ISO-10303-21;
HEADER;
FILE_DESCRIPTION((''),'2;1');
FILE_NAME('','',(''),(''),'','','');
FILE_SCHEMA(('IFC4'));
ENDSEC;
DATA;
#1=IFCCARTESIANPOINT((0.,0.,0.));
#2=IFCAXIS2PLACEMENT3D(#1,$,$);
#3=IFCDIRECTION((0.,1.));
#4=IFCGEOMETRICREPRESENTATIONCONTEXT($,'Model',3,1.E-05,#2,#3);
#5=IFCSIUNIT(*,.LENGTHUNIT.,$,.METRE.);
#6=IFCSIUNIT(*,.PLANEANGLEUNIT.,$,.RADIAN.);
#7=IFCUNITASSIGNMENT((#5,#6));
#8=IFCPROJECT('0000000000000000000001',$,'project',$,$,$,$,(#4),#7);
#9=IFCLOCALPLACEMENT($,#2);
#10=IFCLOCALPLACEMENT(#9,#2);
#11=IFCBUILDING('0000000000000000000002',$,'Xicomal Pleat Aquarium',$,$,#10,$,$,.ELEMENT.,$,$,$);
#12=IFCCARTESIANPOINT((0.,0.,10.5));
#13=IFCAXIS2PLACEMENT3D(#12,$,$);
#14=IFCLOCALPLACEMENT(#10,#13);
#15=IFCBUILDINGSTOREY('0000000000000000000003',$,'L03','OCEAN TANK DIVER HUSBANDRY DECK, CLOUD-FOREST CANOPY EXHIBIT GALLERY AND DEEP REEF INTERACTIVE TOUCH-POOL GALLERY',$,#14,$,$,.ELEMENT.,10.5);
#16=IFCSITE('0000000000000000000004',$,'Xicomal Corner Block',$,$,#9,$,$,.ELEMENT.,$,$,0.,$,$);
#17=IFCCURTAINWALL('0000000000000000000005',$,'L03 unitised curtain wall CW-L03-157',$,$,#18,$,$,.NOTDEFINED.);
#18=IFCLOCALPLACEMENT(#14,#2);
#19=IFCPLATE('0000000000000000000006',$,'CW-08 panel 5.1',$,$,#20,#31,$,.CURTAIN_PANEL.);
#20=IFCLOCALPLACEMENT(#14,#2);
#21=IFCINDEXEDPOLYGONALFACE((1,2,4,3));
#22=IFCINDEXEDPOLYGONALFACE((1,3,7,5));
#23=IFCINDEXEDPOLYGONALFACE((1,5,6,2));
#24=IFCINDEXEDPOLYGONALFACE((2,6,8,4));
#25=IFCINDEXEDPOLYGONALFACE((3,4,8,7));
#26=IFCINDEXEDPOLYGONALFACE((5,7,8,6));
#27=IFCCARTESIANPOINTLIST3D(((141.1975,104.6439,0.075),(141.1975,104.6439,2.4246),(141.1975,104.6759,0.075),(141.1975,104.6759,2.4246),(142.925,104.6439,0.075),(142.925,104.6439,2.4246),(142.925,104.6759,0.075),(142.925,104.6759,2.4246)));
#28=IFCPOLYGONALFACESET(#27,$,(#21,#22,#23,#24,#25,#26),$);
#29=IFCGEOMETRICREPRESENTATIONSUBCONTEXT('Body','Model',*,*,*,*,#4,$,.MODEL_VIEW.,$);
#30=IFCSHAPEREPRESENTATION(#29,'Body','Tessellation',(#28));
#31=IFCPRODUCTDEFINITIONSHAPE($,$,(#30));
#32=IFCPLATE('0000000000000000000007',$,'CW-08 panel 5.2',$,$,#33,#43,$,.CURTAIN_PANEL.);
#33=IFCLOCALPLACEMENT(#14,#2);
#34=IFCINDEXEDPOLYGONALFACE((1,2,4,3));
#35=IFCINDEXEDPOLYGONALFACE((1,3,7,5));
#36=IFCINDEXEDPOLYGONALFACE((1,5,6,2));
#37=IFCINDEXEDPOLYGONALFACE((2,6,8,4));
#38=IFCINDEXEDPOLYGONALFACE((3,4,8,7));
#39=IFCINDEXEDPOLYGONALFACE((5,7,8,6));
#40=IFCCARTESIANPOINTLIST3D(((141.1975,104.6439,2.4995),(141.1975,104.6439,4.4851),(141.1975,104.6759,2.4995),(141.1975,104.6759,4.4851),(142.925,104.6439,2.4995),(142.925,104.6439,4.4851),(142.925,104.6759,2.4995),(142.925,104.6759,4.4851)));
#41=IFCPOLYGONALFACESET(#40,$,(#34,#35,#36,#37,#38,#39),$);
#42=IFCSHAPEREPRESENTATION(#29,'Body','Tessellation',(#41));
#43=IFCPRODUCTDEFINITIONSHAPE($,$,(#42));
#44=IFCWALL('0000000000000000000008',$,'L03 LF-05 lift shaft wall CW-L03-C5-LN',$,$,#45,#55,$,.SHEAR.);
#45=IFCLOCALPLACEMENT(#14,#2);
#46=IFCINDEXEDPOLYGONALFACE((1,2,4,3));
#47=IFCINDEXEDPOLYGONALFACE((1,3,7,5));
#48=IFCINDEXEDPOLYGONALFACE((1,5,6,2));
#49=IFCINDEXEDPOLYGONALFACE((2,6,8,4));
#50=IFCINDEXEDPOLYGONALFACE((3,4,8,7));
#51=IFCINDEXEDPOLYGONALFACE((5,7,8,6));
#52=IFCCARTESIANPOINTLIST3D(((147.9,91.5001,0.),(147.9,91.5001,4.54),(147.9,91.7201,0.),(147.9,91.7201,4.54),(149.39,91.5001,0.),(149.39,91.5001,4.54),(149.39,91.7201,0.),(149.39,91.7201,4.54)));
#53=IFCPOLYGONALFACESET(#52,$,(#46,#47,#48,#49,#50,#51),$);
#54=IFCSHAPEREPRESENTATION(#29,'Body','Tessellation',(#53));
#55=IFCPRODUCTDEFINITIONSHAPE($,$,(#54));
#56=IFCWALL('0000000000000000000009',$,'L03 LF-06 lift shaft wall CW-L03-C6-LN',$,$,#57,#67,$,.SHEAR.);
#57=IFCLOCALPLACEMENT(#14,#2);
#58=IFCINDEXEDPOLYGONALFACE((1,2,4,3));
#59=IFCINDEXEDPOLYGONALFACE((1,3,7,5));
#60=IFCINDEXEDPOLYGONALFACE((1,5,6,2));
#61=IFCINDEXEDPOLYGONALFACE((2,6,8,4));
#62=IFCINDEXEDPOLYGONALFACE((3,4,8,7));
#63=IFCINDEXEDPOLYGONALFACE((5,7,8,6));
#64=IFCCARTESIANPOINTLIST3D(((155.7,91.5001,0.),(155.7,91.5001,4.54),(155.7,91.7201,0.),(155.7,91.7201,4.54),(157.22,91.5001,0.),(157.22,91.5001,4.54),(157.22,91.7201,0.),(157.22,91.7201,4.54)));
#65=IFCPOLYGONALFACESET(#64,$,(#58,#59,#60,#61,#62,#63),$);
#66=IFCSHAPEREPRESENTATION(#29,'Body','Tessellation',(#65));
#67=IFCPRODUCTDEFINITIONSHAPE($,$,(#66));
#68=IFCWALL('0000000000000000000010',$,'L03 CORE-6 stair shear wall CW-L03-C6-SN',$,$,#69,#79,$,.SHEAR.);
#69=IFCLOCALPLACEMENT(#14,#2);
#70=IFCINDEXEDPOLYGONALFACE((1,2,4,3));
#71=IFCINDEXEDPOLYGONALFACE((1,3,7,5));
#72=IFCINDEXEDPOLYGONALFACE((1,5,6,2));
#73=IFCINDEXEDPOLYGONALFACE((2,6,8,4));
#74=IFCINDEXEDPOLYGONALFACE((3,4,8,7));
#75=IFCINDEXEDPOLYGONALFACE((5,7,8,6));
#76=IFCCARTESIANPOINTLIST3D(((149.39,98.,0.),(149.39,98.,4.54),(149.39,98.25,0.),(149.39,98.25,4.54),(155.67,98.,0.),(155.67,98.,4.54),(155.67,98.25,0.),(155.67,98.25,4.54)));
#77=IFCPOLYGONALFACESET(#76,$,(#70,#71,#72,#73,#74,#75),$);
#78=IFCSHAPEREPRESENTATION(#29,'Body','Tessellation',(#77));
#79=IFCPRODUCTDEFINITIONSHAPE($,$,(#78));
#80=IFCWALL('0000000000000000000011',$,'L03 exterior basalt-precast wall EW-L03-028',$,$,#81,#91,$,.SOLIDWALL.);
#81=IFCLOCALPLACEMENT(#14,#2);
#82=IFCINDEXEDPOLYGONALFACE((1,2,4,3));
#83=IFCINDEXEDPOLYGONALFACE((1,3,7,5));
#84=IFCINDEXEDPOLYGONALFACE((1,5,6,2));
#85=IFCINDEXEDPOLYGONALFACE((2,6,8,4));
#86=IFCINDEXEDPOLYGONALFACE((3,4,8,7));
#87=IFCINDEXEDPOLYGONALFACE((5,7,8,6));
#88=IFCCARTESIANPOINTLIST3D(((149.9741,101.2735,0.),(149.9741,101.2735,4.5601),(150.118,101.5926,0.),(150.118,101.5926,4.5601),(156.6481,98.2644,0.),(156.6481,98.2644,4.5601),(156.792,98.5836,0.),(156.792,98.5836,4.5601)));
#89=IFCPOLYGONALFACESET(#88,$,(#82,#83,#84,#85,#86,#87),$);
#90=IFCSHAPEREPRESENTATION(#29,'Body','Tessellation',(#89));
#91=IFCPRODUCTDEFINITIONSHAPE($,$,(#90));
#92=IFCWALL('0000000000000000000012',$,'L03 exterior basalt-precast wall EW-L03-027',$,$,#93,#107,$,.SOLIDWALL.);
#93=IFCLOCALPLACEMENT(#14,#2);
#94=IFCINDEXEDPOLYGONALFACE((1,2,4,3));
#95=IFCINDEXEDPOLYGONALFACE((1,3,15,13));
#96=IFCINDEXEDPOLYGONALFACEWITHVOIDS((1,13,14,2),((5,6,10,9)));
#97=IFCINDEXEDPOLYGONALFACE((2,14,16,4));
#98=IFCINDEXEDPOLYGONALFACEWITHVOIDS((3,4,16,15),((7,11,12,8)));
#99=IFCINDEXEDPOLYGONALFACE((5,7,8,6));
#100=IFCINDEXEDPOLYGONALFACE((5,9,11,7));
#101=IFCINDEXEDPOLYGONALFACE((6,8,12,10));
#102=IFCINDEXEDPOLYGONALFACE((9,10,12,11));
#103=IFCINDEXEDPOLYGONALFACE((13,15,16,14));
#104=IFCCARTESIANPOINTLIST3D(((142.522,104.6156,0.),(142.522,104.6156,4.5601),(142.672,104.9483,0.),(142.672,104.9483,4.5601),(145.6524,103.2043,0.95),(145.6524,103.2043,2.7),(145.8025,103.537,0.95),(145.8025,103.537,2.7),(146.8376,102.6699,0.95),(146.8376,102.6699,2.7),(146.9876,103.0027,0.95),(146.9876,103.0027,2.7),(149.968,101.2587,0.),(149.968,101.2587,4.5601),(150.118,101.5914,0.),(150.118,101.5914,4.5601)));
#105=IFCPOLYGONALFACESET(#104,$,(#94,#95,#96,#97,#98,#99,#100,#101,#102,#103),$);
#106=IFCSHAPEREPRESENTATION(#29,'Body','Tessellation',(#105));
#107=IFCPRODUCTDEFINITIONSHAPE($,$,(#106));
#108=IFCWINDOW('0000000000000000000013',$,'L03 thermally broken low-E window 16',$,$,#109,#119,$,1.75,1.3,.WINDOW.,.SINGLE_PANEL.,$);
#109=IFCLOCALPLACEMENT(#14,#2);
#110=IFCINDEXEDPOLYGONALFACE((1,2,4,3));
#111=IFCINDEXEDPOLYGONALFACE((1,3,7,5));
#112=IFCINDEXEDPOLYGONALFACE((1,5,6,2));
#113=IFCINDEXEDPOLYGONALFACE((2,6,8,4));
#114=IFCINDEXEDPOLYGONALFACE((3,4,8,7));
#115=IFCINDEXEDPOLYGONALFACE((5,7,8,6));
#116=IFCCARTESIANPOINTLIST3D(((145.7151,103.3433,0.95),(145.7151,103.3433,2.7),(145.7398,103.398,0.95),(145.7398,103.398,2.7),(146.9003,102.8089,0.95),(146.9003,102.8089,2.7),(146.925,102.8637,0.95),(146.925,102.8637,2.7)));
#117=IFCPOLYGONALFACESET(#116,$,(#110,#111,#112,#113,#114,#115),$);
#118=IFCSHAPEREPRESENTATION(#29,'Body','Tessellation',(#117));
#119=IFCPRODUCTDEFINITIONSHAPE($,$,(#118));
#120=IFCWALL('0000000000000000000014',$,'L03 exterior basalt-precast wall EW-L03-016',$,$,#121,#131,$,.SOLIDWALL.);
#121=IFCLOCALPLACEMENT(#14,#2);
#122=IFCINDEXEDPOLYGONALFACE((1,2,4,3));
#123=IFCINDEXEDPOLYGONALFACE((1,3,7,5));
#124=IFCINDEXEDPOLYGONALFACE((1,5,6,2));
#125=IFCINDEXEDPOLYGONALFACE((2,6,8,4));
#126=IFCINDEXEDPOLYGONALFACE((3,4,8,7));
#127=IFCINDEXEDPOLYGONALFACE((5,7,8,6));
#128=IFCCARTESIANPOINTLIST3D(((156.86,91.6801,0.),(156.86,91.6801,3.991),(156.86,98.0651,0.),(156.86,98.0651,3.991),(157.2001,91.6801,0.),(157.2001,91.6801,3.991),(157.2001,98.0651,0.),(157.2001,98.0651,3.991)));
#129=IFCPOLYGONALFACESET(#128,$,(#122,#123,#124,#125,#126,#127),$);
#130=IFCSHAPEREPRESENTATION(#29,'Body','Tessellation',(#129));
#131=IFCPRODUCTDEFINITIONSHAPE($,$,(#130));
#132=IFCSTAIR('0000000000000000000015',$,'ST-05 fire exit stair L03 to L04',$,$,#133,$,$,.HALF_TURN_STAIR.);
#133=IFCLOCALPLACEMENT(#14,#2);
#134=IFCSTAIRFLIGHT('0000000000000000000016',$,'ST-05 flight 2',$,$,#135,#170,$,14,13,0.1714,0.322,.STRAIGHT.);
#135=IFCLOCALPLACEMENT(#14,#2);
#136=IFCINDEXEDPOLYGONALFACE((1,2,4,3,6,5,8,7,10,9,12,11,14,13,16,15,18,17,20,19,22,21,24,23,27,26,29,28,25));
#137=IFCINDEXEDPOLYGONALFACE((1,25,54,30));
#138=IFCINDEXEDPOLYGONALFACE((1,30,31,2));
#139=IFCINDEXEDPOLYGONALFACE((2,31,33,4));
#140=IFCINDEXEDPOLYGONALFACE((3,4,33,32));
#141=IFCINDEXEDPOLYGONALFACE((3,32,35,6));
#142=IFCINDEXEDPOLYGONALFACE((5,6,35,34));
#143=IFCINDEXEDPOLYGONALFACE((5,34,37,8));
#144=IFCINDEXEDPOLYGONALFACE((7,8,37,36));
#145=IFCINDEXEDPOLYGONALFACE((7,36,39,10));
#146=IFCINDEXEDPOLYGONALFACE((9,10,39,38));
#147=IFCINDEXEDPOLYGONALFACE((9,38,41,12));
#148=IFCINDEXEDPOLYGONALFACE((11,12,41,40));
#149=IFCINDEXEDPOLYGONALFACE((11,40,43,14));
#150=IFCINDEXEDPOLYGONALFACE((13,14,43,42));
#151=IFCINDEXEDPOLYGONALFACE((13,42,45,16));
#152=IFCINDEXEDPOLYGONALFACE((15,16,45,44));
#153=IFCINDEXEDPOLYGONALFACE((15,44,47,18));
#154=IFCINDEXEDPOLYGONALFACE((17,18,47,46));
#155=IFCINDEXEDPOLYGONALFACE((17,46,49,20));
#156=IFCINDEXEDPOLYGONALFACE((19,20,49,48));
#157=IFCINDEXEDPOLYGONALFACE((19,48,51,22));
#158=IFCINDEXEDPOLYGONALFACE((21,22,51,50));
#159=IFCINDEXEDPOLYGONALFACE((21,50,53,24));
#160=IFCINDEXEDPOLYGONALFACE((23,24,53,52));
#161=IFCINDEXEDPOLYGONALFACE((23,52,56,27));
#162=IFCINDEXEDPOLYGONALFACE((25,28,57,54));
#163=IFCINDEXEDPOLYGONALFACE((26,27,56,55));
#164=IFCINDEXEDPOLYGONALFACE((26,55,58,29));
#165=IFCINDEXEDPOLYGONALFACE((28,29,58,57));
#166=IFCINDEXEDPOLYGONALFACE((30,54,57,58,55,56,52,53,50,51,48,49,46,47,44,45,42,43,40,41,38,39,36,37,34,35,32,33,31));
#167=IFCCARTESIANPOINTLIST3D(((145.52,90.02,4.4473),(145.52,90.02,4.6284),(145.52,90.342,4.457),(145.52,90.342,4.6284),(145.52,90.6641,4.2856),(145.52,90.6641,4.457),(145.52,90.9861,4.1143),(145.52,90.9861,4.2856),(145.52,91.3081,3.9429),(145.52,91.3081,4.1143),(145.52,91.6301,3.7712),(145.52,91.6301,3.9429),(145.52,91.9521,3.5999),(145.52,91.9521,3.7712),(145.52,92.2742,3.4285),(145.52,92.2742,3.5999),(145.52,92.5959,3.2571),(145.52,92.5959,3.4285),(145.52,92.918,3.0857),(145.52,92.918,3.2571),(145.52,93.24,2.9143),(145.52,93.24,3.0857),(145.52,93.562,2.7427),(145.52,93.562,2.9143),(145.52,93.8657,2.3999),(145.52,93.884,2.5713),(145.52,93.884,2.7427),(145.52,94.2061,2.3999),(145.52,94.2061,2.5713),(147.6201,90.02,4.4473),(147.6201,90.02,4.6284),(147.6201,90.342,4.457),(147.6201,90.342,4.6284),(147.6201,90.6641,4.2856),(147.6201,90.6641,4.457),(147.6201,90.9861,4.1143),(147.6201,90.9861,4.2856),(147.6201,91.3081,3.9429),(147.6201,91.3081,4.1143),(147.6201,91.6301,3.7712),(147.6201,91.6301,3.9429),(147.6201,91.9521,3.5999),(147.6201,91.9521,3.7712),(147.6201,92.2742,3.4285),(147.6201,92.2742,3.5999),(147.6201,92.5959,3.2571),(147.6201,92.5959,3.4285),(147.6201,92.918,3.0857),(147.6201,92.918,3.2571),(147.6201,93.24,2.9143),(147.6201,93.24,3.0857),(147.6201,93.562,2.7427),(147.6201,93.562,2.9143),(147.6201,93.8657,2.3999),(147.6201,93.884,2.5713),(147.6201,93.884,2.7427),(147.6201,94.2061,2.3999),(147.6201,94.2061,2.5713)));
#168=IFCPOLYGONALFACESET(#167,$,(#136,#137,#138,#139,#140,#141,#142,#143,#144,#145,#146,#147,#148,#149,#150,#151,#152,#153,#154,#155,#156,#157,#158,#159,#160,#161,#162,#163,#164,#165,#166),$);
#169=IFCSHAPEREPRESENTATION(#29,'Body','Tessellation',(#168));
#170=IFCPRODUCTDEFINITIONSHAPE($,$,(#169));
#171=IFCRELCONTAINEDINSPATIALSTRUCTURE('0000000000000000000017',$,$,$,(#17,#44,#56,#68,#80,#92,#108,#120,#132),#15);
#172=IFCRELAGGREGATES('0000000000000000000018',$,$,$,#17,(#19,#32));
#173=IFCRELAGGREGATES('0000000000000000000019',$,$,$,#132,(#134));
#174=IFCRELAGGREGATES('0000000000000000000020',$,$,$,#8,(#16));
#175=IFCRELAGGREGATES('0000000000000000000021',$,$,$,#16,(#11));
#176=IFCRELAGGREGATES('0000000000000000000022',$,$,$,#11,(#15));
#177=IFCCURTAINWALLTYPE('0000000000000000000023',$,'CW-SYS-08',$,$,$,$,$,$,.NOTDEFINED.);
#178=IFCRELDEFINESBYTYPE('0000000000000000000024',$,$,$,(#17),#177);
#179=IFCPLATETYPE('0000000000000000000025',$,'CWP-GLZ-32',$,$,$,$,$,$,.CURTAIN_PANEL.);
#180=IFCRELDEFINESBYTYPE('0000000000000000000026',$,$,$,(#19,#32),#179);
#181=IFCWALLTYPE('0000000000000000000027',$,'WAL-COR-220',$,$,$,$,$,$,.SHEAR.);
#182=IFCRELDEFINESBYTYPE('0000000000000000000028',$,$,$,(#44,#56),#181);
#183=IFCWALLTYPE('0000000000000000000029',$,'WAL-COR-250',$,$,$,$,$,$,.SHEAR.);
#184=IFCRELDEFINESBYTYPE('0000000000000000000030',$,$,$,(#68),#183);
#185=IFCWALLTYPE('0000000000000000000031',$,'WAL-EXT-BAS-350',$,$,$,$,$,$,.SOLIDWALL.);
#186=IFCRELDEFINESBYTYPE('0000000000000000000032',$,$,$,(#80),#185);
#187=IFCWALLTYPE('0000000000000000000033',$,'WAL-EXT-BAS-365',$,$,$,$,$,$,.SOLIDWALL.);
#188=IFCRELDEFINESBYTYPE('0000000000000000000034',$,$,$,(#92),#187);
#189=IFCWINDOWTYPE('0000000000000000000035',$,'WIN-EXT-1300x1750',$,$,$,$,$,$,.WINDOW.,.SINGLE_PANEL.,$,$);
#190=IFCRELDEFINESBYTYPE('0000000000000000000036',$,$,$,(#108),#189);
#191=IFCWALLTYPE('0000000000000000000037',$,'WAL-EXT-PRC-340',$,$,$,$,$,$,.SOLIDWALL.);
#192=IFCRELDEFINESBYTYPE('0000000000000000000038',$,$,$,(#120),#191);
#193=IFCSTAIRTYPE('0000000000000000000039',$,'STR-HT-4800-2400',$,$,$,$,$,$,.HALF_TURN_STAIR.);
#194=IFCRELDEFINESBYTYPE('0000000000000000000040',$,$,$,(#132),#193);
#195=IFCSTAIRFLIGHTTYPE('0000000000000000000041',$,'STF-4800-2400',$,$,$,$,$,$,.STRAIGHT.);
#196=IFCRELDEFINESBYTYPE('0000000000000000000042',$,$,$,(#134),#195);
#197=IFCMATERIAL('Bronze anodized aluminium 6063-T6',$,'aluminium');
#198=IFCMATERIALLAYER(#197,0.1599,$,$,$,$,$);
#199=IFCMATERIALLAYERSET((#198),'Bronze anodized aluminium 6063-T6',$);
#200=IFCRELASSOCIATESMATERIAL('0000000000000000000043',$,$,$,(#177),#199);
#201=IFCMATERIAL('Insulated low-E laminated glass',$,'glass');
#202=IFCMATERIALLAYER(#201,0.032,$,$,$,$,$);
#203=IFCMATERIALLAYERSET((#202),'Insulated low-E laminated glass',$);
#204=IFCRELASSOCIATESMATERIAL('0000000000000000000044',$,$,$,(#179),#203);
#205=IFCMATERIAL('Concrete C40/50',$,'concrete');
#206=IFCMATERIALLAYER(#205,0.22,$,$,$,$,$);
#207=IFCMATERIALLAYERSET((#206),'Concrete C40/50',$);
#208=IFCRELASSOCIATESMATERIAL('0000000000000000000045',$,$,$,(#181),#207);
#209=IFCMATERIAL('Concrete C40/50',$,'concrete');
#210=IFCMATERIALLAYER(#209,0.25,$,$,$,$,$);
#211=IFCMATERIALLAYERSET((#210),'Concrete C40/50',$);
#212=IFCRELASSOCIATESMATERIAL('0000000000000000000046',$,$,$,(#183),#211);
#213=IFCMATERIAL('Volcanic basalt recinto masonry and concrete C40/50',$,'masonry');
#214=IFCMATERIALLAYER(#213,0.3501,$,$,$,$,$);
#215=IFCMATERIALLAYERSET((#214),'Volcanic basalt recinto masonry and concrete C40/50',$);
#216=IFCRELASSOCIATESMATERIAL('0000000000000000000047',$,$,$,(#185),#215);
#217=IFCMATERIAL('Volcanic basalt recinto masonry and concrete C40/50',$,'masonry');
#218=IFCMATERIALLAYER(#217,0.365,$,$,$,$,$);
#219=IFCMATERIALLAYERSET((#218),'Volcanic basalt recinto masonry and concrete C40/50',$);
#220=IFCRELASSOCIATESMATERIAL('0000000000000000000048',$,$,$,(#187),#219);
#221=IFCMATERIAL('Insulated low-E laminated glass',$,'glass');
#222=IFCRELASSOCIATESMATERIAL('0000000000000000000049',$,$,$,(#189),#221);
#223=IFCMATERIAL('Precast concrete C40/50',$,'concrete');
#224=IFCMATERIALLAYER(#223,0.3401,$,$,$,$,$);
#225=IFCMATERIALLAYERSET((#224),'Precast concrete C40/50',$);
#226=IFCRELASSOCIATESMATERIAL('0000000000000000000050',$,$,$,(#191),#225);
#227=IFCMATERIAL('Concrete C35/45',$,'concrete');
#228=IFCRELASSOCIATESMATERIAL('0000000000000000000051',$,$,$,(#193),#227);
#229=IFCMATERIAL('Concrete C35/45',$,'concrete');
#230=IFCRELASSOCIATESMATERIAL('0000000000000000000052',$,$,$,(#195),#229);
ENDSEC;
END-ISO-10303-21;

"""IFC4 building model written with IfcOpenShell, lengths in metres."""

from ifc_helpers import new_model, si_unit, direction, frame, frame_2d, origin, origin_2d, place, context, subcontext, project, spatial, polyline, rectangle, outline, extrude, material, layer, layer_set, type_object, element, fill, aggregate, save


model = new_model("IFC4")

# Units and contexts
model_context = context("Model", 3, precision=1e-05, world=origin(), true_north=direction((0.0, 1.0)))
body_context = subcontext(model_context, "Body", "Model", "MODEL_VIEW")
ifc_project = project(units=[si_unit("LENGTHUNIT", "METRE"), si_unit("PLANEANGLEUNIT", "RADIAN")], contexts=[model_context])

# Site, building, storey
site_placement = place(None, origin())
site = spatial("IfcSite", under=ifc_project, at=site_placement, Name="Xicomal Corner Block", CompositionType="ELEMENT", RefElevation=0.0)
building_placement = place(site_placement, origin())
building = spatial("IfcBuilding", under=site, at=building_placement, Name="Xicomal Pleat Aquarium", CompositionType="ELEMENT")
storey_placement = place(building_placement, frame((0.0, 0.0, 10.5)))
storey = spatial("IfcBuildingStorey", under=building, at=storey_placement, Name="L03", Description="OCEAN TANK DIVER HUSBANDRY DECK, CLOUD-FOREST CANOPY EXHIBIT GALLERY AND DEEP REEF INTERACTIVE TOUCH-POOL GALLERY", CompositionType="ELEMENT", Elevation=10.5)

# Curtain wall, plates
ifc_material_1 = material(Name="Bronze anodized aluminium 6063-T6", Category="aluminium")
ifc_layer_1 = layer(ifc_material_1, 0.1599)
ifc_layer_set_1 = layer_set([ifc_layer_1], Name="Bronze anodized aluminium 6063-T6")
curtain_wall_type = type_object("IfcCurtainWallType", Name="CW-SYS-08", PredefinedType="NOTDEFINED", material=ifc_layer_set_1)
curtain_wall_placement = place(storey_placement, origin())
curtain_wall = element("IfcCurtainWall", 1, at=curtain_wall_placement, inside=storey, type_object=curtain_wall_type, Name="L03 unitised curtain wall CW-L03-157", PredefinedType="NOTDEFINED")
ifc_material_2 = material(Name="Insulated low-E laminated glass", Category="glass")
ifc_layer_2 = layer(ifc_material_2, 0.032)
ifc_layer_set_2 = layer_set([ifc_layer_2], Name="Insulated low-E laminated glass")
plate_type = type_object("IfcPlateType", Name="CWP-GLZ-32", PredefinedType="CURTAIN_PANEL", material=ifc_layer_set_2)
plate_1_placement = place(storey_placement, frame((142.0613, 104.6599, 0.075), z_axis=(0.0, 0.0, 1.0), x_axis=(1.0, 0.0, 0.0)))
plate_1 = element("IfcPlate", 2, at=plate_1_placement, type_object=plate_type, Name="CW-08 panel 5.1", PredefinedType="CURTAIN_PANEL", context=body_context, shape_type="SweptSolid", body=[
    extrude(rectangle(XDim=1.7275, YDim=0.032, at=origin_2d()), origin(), (0.0, 0.0, 1.0), 2.3496),
])
plate_2_placement = place(storey_placement, frame((142.0613, 104.6599, 2.4995), z_axis=(0.0, 0.0, 1.0), x_axis=(1.0, 0.0, 0.0)))
plate_2 = element("IfcPlate", 3, at=plate_2_placement, type_object=plate_type, Name="CW-08 panel 5.2", PredefinedType="CURTAIN_PANEL", context=body_context, shape_type="SweptSolid", body=[
    extrude(rectangle(XDim=1.7275, YDim=0.032, at=origin_2d()), origin(), (0.0, 0.0, 1.0), 1.9856),
])
aggregate(curtain_wall, [plate_1, plate_2])

# Walls
ifc_material_3 = material(Name="Concrete C40/50", Category="concrete")
ifc_layer_3 = layer(ifc_material_3, 0.22)
ifc_layer_set_3 = layer_set([ifc_layer_3], Name="Concrete C40/50")
wall_type_1 = type_object("IfcWallType", Name="WAL-COR-220", PredefinedType="SHEAR", material=ifc_layer_set_3)
wall_1_placement = place(storey_placement, frame((147.8999, 91.6101, 0.0), z_axis=(0.0, 0.0, 1.0), x_axis=(1.0, 0.0, 0.0)))
element("IfcWall", 4, at=wall_1_placement, inside=storey, type_object=wall_type_1, Name="L03 LF-05 lift shaft wall CW-L03-C5-LN", PredefinedType="SHEAR", context=body_context, shape_type="SweptSolid", body=[
    extrude(rectangle(XDim=1.49, YDim=0.22, at=frame_2d((0.7451, 0.0))), origin(), (0.0, 0.0, 1.0), 4.54),
])
wall_2_placement = place(storey_placement, frame((155.7, 91.6101, 0.0), z_axis=(0.0, 0.0, 1.0), x_axis=(1.0, 0.0, 0.0)))
element("IfcWall", 5, at=wall_2_placement, inside=storey, type_object=wall_type_1, Name="L03 LF-06 lift shaft wall CW-L03-C6-LN", PredefinedType="SHEAR", context=body_context, shape_type="SweptSolid", body=[
    extrude(rectangle(XDim=1.52, YDim=0.22, at=frame_2d((0.76, 0.0))), origin(), (0.0, 0.0, 1.0), 4.54),
])
ifc_material_4 = material(Name="Concrete C40/50", Category="concrete")
ifc_layer_4 = layer(ifc_material_4, 0.25)
ifc_layer_set_4 = layer_set([ifc_layer_4], Name="Concrete C40/50")
wall_type_2 = type_object("IfcWallType", Name="WAL-COR-250", PredefinedType="SHEAR", material=ifc_layer_set_4)
wall_3_placement = place(storey_placement, frame((149.3899, 98.125, 0.0), z_axis=(0.0, 0.0, 1.0), x_axis=(1.0, 0.0, 0.0)))
element("IfcWall", 6, at=wall_3_placement, inside=storey, type_object=wall_type_2, Name="L03 CORE-6 stair shear wall CW-L03-C6-SN", PredefinedType="SHEAR", context=body_context, shape_type="SweptSolid", body=[
    extrude(rectangle(XDim=6.28, YDim=0.25, at=frame_2d((3.1401, 0.0))), origin(), (0.0, 0.0, 1.0), 4.54),
])
ifc_material_5 = material(Name="Volcanic basalt recinto masonry and concrete C40/50", Category="masonry")
ifc_layer_5 = layer(ifc_material_5, 0.3501)
ifc_layer_set_5 = layer_set([ifc_layer_5], Name="Volcanic basalt recinto masonry and concrete C40/50")
wall_type_3 = type_object("IfcWallType", Name="WAL-EXT-BAS-350", PredefinedType="SOLIDWALL", material=ifc_layer_set_5)
wall_4_placement = place(storey_placement, frame((150.0459, 101.4331, 0.0), z_axis=(0.0, 0.0, 1.0), x_axis=(0.91163, -0.411012, 0.0)))
element("IfcWall", 7, at=wall_4_placement, inside=storey, type_object=wall_type_3, Name="L03 exterior basalt-precast wall EW-L03-028", PredefinedType="SOLIDWALL", context=body_context, shape_type="SweptSolid", body=[
    extrude(rectangle(XDim=7.321, YDim=0.3501, at=frame_2d((3.6606, 0.0))), origin(), (0.0, 0.0, 1.0), 4.5601),
])

# Wall, opening, window
ifc_material_6 = material(Name="Volcanic basalt recinto masonry and concrete C40/50", Category="masonry")
ifc_layer_6 = layer(ifc_material_6, 0.365)
ifc_layer_set_6 = layer_set([ifc_layer_6], Name="Volcanic basalt recinto masonry and concrete C40/50")
wall_type_4 = type_object("IfcWallType", Name="WAL-EXT-BAS-365", PredefinedType="SOLIDWALL", material=ifc_layer_set_6)
wall_5_placement = place(storey_placement, frame((142.5969, 104.782, 0.0), z_axis=(0.0, 0.0, 1.0), x_axis=(0.911637, -0.410997, 0.0)))
wall_5 = element("IfcWall", 8, at=wall_5_placement, inside=storey, type_object=wall_type_4, Name="L03 exterior basalt-precast wall EW-L03-027", PredefinedType="SOLIDWALL", context=body_context, shape_type="SweptSolid", body=[
    extrude(rectangle(XDim=8.1677, YDim=0.365, at=frame_2d((4.084, 0.0))), origin(), (0.0, 0.0, 1.0), 4.5601),
])
opening_placement = place(wall_5_placement, frame((3.4341, 0.0, 0.95)))
opening = element("IfcOpeningElement", 9, at=opening_placement, cuts=wall_5, PredefinedType="OPENING", context=body_context, shape_type="SweptSolid", body=[
    extrude(rectangle(XDim=1.3, YDim=1.75, at=frame_2d((0.6499, 0.875))), frame((0.0, 0.1924, 0.0), z_axis=(0.0, -1.0, 0.0), x_axis=(1.0, 0.0, 0.0)), (0.0, 0.0, 1.0), 0.385),
])
ifc_material_7 = material(Name="Insulated low-E laminated glass", Category="glass")
window_type = type_object("IfcWindowType", Name="WIN-EXT-1300x1750", PartitioningType="SINGLE_PANEL", PredefinedType="WINDOW", material=ifc_material_7)
window_placement = place(opening_placement, origin())
window = element("IfcWindow", 10, at=window_placement, inside=storey, type_object=window_type, Name="L03 thermally broken low-E window 16", OverallHeight=1.75, OverallWidth=1.3, PartitioningType="SINGLE_PANEL", PredefinedType="WINDOW", context=body_context, shape_type="SweptSolid", body=[
    extrude(rectangle(XDim=1.3, YDim=1.75, at=frame_2d((0.6499, 0.875))), frame((0.0, 0.03, 0.0), z_axis=(0.0, -1.0, 0.0), x_axis=(1.0, 0.0, 0.0)), (0.0, 0.0, 1.0), 0.0601),
])
fill(opening, window)

# Wall
ifc_material_8 = material(Name="Precast concrete C40/50", Category="concrete")
ifc_layer_7 = layer(ifc_material_8, 0.3401)
ifc_layer_set_7 = layer_set([ifc_layer_7], Name="Precast concrete C40/50")
wall_type_5 = type_object("IfcWallType", Name="WAL-EXT-PRC-340", PredefinedType="SOLIDWALL", material=ifc_layer_set_7)
wall_6_placement = place(storey_placement, frame((157.03, 98.0649, 0.0), z_axis=(0.0, 0.0, 1.0), x_axis=(0.0, -1.0, 0.0)))
element("IfcWall", 11, at=wall_6_placement, inside=storey, type_object=wall_type_5, Name="L03 exterior basalt-precast wall EW-L03-016", PredefinedType="SOLIDWALL", context=body_context, shape_type="SweptSolid", body=[
    extrude(rectangle(XDim=6.385, YDim=0.3401, at=frame_2d((3.1924, 0.0))), origin(), (0.0, 0.0, 1.0), 3.991),
])

# Stair, stair flight
ifc_material_9 = material(Name="Concrete C35/45", Category="concrete")
stair_type = type_object("IfcStairType", Name="STR-HT-4800-2400", PredefinedType="HALF_TURN_STAIR", material=ifc_material_9)
stair_1_placement = place(storey_placement, origin())
stair_1 = element("IfcStair", 12, at=stair_1_placement, inside=storey, type_object=stair_type, Name="ST-05 fire exit stair L03 to L04", PredefinedType="HALF_TURN_STAIR")
ifc_material_10 = material(Name="Concrete C35/45", Category="concrete")
stair_flight_type = type_object("IfcStairFlightType", Name="STF-4800-2400", PredefinedType="STRAIGHT", material=ifc_material_10)
stair_flight_1_placement = place(storey_placement, frame((146.5701, 94.2061, 2.3999), z_axis=(0.0, 0.0, 1.0), x_axis=(0.0, -1.0, 0.0)))
stair_flight_1 = element("IfcStairFlight", 13, at=stair_flight_1_placement, type_object=stair_flight_type, Name="ST-05 flight 2", NumberOfRisers=14, NumberOfTreads=13, PredefinedType="STRAIGHT", RiserHeight=0.1714, TreadLength=0.322, context=body_context, shape_type="SweptSolid", body=[
    extrude(outline(polyline([(0.0, 0.0), (0.0, 0.1714), (0.322, 0.1714), (0.322, 0.3428), (0.644, 0.3428), (0.644, 0.5144), (0.9661, 0.5144), (0.9661, 0.6858), (1.2881, 0.6858), (1.2881, 0.8572), (1.6101, 0.8572), (1.6101, 1.0286), (1.9319, 1.0286), (1.9319, 1.2), (2.2539, 1.2), (2.2539, 1.3713), (2.5759, 1.3713), (2.5759, 1.543), (2.8979, 1.543), (2.8979, 1.7144), (3.22, 1.7144), (3.22, 1.8857), (3.542, 1.8857), (3.542, 2.0571), (3.864, 2.0571), (3.864, 2.2285), (4.186, 2.2285), (4.186, 2.3999), (4.186, 2.0474), (0.3403, 0.0), (0.0, 0.0)])), frame((0.0, 1.05, 0.0), z_axis=(0.0, -1.0, 0.0), x_axis=(1.0, 0.0, 0.0)), (0.0, 0.0, 1.0), 2.1001),
])
aggregate(stair_1, [stair_flight_1])

save(model, "model.ifc")
